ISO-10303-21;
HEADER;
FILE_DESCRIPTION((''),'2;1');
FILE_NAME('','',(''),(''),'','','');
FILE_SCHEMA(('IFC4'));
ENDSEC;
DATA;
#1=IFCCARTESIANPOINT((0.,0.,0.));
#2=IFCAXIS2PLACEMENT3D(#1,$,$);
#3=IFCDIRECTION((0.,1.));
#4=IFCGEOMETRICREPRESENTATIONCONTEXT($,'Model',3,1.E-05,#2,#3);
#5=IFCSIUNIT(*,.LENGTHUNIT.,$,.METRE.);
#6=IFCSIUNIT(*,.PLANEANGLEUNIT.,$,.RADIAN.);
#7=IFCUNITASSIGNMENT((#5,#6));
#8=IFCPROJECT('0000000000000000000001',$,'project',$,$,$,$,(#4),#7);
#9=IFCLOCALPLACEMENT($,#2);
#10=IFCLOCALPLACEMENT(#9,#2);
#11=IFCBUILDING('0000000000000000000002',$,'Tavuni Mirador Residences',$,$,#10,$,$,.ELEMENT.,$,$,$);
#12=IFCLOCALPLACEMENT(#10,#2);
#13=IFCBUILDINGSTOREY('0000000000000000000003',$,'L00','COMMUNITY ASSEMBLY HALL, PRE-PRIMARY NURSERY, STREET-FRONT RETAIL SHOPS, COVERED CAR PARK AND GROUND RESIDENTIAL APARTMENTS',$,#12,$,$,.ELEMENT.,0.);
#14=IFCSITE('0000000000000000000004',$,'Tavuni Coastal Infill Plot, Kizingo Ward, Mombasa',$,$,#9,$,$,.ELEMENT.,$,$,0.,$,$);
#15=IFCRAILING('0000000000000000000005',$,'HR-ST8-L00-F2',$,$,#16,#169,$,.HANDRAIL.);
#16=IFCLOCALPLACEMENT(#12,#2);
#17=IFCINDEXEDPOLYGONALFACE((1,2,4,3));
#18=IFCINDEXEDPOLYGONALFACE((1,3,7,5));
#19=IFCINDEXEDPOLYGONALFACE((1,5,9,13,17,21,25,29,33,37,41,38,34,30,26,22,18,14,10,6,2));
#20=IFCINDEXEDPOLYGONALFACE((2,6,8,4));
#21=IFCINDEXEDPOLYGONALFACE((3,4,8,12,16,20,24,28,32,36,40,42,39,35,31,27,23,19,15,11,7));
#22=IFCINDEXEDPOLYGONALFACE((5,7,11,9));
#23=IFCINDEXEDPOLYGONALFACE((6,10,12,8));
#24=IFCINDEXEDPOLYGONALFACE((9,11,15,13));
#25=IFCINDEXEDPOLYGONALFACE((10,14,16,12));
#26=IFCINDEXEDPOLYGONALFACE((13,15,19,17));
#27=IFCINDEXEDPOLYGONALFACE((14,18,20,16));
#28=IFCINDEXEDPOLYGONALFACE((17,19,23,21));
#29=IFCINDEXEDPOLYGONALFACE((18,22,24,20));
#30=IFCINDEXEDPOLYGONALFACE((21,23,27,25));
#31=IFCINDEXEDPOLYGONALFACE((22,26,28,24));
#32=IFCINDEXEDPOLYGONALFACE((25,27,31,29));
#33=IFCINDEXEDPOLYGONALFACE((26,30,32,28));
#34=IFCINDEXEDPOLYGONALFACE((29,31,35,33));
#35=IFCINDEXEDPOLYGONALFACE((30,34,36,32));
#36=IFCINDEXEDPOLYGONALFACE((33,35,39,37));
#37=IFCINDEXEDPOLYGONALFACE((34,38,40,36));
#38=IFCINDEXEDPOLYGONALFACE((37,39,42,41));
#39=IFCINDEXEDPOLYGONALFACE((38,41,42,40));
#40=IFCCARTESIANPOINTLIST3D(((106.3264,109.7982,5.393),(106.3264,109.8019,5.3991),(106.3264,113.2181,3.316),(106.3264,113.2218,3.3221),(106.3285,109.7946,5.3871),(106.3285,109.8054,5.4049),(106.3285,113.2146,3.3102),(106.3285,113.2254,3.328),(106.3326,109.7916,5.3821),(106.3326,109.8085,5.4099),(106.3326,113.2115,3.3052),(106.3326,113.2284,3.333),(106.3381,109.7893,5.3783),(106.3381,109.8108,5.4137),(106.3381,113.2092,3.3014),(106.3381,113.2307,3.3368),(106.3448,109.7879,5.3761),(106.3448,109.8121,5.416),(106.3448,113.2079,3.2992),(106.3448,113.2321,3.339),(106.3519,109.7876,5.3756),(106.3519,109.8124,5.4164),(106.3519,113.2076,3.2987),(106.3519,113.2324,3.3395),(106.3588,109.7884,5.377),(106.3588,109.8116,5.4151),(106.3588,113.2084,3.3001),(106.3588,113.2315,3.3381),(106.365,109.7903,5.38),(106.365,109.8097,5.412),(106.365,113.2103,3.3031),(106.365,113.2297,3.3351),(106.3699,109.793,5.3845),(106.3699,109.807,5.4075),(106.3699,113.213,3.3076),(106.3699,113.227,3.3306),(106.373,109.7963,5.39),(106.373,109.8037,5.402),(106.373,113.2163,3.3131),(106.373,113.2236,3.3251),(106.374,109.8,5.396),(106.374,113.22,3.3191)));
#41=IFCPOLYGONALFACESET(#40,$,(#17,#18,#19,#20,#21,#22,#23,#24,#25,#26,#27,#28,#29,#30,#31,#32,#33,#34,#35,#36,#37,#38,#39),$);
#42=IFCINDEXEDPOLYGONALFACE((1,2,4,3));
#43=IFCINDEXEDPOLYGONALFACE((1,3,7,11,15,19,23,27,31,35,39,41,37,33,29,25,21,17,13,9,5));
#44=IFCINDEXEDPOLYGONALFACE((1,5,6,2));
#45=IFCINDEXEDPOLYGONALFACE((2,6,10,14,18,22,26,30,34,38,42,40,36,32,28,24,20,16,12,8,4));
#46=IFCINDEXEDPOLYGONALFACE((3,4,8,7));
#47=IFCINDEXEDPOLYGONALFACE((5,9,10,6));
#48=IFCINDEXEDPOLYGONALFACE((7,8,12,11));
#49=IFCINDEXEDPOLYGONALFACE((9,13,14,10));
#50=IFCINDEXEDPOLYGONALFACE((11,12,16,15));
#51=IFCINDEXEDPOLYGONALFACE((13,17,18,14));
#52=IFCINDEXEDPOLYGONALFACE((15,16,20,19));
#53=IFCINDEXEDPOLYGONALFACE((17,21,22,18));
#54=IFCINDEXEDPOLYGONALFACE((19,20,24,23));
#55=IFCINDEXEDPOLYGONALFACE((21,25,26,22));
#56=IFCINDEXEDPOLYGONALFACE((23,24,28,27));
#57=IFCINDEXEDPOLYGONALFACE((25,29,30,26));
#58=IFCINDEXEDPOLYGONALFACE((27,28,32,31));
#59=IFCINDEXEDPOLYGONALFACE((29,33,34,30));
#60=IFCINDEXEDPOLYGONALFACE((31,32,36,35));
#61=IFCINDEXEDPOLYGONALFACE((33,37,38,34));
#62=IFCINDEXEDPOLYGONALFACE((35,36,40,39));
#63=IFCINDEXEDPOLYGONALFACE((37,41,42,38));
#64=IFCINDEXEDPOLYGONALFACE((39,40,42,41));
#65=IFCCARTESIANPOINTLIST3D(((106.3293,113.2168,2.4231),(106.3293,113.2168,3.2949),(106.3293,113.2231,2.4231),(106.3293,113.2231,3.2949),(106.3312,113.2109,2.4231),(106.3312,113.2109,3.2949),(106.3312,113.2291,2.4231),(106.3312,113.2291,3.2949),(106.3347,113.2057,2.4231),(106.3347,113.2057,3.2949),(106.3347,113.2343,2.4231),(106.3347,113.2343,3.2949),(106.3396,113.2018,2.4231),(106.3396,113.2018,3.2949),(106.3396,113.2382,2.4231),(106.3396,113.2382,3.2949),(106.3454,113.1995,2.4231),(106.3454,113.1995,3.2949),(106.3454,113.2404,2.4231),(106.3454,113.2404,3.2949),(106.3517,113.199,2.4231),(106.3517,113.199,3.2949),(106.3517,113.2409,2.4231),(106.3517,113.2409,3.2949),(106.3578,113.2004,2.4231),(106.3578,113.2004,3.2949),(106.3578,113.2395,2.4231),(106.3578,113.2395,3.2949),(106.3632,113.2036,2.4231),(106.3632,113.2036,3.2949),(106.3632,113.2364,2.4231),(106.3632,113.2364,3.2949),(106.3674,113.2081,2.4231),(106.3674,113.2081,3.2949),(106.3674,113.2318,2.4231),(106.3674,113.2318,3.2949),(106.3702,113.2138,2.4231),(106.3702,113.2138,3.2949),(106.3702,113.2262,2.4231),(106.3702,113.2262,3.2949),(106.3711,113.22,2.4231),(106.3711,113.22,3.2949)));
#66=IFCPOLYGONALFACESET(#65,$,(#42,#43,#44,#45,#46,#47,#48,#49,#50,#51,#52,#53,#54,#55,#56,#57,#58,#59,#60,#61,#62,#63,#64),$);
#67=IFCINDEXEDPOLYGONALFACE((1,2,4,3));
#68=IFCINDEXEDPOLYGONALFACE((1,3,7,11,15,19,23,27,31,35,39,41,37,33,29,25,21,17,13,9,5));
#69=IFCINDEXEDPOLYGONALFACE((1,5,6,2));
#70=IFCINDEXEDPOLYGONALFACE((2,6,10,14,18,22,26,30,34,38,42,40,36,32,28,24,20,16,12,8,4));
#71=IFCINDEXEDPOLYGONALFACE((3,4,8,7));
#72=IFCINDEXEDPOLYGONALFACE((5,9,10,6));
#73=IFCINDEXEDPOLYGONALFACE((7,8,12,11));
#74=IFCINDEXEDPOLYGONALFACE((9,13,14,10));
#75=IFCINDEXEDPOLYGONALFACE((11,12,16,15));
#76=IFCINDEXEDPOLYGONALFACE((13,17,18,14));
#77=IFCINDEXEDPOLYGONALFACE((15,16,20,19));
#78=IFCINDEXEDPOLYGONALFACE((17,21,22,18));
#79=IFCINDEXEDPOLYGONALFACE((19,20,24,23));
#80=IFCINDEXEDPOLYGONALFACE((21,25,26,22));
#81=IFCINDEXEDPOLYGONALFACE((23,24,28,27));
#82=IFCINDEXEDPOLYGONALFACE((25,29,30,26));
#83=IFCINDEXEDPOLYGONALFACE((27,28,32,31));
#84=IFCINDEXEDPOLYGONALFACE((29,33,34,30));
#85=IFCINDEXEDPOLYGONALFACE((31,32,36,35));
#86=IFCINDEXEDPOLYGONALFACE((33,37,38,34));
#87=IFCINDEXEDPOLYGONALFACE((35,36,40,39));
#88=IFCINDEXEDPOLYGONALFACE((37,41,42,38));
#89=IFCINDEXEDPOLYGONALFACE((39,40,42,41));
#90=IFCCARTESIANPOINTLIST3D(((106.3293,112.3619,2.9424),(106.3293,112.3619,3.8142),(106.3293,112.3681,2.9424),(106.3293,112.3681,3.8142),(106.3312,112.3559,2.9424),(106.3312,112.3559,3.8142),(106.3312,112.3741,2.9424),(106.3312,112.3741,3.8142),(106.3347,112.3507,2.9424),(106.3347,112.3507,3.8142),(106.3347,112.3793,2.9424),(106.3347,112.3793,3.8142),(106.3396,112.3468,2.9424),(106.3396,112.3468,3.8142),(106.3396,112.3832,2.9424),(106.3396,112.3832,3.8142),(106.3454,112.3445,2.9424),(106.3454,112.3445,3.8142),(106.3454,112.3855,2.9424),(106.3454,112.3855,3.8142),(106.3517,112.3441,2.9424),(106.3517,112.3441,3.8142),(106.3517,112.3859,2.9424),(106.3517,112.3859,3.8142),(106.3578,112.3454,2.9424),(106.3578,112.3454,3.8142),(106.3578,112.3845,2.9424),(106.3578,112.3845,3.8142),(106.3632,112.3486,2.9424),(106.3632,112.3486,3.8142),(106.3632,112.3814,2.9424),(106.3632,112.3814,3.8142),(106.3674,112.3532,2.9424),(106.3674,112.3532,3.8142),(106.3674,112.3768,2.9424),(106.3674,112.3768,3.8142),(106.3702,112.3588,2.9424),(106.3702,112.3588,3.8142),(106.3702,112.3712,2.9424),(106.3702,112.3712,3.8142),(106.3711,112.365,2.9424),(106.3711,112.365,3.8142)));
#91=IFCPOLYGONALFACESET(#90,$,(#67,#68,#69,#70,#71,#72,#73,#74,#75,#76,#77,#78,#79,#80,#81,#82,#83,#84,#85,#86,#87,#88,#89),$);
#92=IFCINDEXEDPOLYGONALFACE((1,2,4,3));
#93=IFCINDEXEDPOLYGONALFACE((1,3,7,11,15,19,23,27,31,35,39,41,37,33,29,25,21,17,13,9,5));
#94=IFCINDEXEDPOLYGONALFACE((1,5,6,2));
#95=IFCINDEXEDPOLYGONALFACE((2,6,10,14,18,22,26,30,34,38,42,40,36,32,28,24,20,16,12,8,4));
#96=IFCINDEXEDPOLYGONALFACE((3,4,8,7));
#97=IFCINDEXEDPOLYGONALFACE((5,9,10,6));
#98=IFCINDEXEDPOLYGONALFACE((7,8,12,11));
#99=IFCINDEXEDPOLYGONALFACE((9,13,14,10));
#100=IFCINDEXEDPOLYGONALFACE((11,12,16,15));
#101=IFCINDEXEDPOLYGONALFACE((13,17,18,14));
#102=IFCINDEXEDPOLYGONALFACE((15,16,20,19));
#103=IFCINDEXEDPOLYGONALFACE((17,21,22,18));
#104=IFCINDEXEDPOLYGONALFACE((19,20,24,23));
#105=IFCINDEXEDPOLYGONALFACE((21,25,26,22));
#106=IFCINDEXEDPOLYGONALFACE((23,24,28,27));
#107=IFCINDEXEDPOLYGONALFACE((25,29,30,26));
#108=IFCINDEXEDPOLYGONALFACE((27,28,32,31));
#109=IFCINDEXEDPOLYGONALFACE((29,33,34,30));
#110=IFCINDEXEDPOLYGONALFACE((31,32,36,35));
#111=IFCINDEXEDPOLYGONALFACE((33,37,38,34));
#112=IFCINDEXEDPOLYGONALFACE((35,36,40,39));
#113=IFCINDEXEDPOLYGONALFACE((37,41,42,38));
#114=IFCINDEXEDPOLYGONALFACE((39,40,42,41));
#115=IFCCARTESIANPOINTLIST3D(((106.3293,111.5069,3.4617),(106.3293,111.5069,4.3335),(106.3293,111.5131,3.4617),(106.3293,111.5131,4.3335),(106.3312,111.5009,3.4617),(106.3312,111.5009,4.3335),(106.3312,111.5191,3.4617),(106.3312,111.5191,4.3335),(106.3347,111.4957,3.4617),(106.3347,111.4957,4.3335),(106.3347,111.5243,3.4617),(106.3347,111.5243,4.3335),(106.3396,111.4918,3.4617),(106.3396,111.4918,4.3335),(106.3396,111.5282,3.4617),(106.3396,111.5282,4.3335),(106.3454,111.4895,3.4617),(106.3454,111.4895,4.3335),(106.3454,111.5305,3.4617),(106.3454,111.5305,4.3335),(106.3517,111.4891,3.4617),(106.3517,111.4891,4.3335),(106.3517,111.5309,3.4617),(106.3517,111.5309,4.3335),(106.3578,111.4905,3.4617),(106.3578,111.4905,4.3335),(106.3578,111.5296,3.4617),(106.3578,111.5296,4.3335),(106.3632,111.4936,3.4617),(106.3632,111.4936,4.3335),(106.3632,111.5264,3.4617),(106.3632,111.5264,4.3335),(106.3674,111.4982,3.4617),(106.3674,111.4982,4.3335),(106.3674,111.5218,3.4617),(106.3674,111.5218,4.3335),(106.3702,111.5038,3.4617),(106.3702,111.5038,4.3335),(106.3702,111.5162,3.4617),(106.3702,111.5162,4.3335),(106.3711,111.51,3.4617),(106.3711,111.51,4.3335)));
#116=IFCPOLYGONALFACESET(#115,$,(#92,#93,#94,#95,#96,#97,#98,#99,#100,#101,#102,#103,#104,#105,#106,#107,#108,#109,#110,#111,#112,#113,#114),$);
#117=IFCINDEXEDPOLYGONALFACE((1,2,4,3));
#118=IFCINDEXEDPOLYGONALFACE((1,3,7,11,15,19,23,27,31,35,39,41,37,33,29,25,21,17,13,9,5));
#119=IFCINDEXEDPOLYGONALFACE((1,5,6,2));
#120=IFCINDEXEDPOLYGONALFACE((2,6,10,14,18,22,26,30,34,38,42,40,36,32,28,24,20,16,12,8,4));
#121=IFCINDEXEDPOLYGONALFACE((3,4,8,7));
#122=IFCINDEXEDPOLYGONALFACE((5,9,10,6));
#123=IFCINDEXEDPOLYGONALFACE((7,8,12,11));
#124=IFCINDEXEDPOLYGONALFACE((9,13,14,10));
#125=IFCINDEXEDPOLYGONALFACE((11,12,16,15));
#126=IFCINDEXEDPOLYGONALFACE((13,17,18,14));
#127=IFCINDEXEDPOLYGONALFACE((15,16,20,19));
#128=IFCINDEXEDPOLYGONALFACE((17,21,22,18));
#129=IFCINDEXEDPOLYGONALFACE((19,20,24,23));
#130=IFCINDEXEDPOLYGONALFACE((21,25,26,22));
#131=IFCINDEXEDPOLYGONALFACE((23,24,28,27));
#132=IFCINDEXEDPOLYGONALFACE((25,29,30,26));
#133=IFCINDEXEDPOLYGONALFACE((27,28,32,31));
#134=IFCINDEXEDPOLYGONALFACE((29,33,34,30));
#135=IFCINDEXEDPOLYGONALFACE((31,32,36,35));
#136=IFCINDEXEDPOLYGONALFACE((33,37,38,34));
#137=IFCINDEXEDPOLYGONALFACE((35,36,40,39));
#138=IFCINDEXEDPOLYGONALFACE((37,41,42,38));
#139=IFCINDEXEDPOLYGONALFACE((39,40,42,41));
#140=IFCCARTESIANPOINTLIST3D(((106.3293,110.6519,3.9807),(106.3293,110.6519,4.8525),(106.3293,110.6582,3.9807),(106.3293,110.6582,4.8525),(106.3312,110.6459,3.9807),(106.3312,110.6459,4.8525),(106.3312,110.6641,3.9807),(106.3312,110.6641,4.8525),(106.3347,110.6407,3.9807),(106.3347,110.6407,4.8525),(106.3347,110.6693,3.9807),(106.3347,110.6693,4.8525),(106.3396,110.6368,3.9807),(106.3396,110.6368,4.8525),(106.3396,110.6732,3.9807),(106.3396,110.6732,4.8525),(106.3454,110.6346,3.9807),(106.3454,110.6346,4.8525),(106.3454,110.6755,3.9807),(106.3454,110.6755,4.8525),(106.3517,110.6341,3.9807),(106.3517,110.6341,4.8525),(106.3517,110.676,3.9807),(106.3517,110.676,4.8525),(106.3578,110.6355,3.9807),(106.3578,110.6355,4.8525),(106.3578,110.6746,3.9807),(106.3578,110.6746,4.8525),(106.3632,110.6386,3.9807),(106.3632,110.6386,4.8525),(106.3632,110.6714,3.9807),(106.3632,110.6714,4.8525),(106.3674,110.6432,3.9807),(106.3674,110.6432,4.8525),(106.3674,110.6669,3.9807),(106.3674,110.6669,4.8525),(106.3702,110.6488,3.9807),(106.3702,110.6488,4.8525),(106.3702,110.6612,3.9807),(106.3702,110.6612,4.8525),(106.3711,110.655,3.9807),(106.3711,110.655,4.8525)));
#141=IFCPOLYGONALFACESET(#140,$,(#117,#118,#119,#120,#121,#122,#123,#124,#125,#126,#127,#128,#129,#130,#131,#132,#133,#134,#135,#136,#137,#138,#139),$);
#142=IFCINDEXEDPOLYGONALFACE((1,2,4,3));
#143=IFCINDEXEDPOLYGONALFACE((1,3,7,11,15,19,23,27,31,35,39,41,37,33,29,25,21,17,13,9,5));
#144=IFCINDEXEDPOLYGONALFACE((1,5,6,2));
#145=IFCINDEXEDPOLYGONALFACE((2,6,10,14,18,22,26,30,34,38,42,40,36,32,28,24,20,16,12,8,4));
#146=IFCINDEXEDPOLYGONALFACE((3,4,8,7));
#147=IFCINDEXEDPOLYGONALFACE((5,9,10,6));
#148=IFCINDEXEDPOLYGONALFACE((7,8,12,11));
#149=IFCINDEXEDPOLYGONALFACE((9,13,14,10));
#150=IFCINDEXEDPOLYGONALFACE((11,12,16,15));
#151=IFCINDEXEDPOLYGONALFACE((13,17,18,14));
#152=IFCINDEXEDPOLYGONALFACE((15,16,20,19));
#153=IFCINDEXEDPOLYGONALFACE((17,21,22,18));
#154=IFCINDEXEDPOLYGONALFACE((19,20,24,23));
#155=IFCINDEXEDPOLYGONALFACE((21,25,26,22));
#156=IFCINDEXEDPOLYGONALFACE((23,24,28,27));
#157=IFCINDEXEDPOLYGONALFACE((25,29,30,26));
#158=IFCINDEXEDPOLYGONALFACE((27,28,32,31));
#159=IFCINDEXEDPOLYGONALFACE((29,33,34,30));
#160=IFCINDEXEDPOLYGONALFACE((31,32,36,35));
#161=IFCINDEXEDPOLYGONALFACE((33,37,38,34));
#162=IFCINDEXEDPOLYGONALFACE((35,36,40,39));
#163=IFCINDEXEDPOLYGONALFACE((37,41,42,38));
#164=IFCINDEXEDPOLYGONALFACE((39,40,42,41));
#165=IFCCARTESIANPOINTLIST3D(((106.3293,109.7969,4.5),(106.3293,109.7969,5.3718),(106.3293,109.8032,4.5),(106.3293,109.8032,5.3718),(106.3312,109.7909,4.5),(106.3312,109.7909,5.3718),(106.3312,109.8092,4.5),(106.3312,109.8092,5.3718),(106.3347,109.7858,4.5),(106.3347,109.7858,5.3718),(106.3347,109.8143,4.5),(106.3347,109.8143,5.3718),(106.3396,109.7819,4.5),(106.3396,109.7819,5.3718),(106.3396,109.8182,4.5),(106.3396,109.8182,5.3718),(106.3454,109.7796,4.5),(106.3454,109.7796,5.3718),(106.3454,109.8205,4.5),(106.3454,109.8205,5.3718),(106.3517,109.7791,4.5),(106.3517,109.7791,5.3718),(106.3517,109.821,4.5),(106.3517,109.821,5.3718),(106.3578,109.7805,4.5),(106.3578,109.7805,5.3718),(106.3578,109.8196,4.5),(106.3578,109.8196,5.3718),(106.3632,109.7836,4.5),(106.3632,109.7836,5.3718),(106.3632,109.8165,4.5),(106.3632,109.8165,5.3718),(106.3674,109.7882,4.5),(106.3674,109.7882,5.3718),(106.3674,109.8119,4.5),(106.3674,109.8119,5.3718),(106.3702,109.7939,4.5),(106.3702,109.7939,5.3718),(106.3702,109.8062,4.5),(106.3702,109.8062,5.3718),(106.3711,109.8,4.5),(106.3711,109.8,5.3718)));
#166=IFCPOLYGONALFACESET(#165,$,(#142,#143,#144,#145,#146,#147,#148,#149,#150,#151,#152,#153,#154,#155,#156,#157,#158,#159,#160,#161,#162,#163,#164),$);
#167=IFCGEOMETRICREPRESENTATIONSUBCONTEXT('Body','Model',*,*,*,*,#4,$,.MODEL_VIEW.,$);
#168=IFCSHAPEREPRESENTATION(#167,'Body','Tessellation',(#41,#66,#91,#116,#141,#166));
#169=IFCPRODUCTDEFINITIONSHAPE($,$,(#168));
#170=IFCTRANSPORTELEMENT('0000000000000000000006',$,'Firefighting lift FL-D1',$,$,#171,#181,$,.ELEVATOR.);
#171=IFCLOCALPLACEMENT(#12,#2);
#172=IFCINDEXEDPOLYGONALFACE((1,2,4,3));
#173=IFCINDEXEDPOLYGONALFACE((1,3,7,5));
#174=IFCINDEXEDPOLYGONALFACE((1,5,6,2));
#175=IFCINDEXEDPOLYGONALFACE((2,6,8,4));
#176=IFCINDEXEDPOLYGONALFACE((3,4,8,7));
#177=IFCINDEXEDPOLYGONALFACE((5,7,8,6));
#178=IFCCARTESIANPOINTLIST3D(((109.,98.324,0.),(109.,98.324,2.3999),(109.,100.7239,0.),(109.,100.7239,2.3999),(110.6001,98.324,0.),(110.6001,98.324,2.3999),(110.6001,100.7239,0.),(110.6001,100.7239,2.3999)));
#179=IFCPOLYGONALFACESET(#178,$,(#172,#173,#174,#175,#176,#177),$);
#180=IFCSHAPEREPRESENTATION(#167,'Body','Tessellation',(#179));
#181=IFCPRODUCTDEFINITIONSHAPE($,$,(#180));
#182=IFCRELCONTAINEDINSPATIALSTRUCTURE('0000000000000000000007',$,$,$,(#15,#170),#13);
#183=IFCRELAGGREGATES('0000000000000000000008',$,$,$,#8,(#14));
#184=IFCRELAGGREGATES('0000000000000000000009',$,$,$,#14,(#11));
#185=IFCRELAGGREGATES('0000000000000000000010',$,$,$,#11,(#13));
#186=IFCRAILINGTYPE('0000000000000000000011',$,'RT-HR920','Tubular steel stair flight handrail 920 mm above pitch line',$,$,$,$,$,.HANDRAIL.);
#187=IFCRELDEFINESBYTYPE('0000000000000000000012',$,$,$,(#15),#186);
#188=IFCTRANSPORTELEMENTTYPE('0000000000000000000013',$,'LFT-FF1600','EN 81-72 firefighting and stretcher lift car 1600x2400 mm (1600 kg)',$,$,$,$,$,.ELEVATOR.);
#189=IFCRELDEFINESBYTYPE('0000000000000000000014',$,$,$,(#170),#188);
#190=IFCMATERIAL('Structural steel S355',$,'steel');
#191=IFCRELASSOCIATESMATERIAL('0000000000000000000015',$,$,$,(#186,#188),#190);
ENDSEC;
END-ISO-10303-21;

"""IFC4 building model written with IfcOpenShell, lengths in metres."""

from ifc_helpers import new_model, si_unit, direction, frame, origin, origin_2d, place, context, subcontext, project, spatial, rectangle, circle, extrude, material, type_object, element, save


model = new_model("IFC4")

# Units and contexts
model_context = context("Model", 3, precision=1e-05, world=origin(), true_north=direction((0.0, 1.0)))
body_context = subcontext(model_context, "Body", "Model", "MODEL_VIEW")
ifc_project = project(units=[si_unit("LENGTHUNIT", "METRE"), si_unit("PLANEANGLEUNIT", "RADIAN")], contexts=[model_context])

# Site, building, storey
site_placement = place(None, origin())
site = spatial("IfcSite", under=ifc_project, at=site_placement, Name="Tavuni Coastal Infill Plot, Kizingo Ward, Mombasa", CompositionType="ELEMENT", RefElevation=0.0)
building_placement = place(site_placement, origin())
building = spatial("IfcBuilding", under=site, at=building_placement, Name="Tavuni Mirador Residences", CompositionType="ELEMENT")
storey_placement = place(building_placement, origin())
storey = spatial("IfcBuildingStorey", under=building, at=storey_placement, Name="L00", Description="COMMUNITY ASSEMBLY HALL, PRE-PRIMARY NURSERY, STREET-FRONT RETAIL SHOPS, COVERED CAR PARK AND GROUND RESIDENTIAL APARTMENTS", CompositionType="ELEMENT", Elevation=0.0)

# Shared definitions
ifc_material_1 = material(Name="Structural steel S355", Category="steel")

# Railing
railing_type_1 = type_object("IfcRailingType", Name="RT-HR920", Description="Tubular steel stair flight handrail 920 mm above pitch line", PredefinedType="HANDRAIL", material=ifc_material_1)
railing_1_placement = place(storey_placement, frame((106.3501, 113.22, 2.4231)))
element("IfcRailing", 1, at=railing_1_placement, inside=storey, type_object=railing_type_1, Name="HR-ST8-L00-F2", PredefinedType="HANDRAIL", context=body_context, shape_type="SweptSolid", body=[
    extrude(circle(Radius=0.0239, at=origin_2d()), frame((0.0, 0.0, 0.896), z_axis=(0.0, -0.85473, 0.519074), x_axis=(1.0, 0.0, 0.0)), (0.0, 0.0, 1.0), 4.0012),
    extrude(circle(Radius=0.021, at=origin_2d()), origin(), (0.0, 0.0, 1.0), 0.8718),
    extrude(circle(Radius=0.021, at=origin_2d()), frame((0.0, -0.855, 0.5193)), (0.0, 0.0, 1.0), 0.8718),
    extrude(circle(Radius=0.021, at=origin_2d()), frame((0.0, -1.71, 1.0386)), (0.0, 0.0, 1.0), 0.8718),
    extrude(circle(Radius=0.021, at=origin_2d()), frame((0.0, -2.5649, 1.5576)), (0.0, 0.0, 1.0), 0.8718),
    extrude(circle(Radius=0.021, at=origin_2d()), frame((0.0, -3.4199, 2.0769)), (0.0, 0.0, 1.0), 0.8718),
])

# Transport element
transport_element_type = type_object("IfcTransportElementType", Name="LFT-FF1600", Description="EN 81-72 firefighting and stretcher lift car 1600x2400 mm (1600 kg)", PredefinedType="ELEVATOR", material=ifc_material_1)
transport_element_placement = place(storey_placement, frame((109.8, 99.5239, 0.0), z_axis=(0.0, 0.0, 1.0), x_axis=(1.0, 0.0, 0.0)))
element("IfcTransportElement", 2, at=transport_element_placement, inside=storey, type_object=transport_element_type, Name="Firefighting lift FL-D1", PredefinedType="ELEVATOR", context=body_context, shape_type="SweptSolid", body=[
    extrude(rectangle(XDim=1.6001, YDim=2.3999, at=origin_2d()), origin(), (0.0, 0.0, 1.0), 2.3999),
])

save(model, "model.ifc")
